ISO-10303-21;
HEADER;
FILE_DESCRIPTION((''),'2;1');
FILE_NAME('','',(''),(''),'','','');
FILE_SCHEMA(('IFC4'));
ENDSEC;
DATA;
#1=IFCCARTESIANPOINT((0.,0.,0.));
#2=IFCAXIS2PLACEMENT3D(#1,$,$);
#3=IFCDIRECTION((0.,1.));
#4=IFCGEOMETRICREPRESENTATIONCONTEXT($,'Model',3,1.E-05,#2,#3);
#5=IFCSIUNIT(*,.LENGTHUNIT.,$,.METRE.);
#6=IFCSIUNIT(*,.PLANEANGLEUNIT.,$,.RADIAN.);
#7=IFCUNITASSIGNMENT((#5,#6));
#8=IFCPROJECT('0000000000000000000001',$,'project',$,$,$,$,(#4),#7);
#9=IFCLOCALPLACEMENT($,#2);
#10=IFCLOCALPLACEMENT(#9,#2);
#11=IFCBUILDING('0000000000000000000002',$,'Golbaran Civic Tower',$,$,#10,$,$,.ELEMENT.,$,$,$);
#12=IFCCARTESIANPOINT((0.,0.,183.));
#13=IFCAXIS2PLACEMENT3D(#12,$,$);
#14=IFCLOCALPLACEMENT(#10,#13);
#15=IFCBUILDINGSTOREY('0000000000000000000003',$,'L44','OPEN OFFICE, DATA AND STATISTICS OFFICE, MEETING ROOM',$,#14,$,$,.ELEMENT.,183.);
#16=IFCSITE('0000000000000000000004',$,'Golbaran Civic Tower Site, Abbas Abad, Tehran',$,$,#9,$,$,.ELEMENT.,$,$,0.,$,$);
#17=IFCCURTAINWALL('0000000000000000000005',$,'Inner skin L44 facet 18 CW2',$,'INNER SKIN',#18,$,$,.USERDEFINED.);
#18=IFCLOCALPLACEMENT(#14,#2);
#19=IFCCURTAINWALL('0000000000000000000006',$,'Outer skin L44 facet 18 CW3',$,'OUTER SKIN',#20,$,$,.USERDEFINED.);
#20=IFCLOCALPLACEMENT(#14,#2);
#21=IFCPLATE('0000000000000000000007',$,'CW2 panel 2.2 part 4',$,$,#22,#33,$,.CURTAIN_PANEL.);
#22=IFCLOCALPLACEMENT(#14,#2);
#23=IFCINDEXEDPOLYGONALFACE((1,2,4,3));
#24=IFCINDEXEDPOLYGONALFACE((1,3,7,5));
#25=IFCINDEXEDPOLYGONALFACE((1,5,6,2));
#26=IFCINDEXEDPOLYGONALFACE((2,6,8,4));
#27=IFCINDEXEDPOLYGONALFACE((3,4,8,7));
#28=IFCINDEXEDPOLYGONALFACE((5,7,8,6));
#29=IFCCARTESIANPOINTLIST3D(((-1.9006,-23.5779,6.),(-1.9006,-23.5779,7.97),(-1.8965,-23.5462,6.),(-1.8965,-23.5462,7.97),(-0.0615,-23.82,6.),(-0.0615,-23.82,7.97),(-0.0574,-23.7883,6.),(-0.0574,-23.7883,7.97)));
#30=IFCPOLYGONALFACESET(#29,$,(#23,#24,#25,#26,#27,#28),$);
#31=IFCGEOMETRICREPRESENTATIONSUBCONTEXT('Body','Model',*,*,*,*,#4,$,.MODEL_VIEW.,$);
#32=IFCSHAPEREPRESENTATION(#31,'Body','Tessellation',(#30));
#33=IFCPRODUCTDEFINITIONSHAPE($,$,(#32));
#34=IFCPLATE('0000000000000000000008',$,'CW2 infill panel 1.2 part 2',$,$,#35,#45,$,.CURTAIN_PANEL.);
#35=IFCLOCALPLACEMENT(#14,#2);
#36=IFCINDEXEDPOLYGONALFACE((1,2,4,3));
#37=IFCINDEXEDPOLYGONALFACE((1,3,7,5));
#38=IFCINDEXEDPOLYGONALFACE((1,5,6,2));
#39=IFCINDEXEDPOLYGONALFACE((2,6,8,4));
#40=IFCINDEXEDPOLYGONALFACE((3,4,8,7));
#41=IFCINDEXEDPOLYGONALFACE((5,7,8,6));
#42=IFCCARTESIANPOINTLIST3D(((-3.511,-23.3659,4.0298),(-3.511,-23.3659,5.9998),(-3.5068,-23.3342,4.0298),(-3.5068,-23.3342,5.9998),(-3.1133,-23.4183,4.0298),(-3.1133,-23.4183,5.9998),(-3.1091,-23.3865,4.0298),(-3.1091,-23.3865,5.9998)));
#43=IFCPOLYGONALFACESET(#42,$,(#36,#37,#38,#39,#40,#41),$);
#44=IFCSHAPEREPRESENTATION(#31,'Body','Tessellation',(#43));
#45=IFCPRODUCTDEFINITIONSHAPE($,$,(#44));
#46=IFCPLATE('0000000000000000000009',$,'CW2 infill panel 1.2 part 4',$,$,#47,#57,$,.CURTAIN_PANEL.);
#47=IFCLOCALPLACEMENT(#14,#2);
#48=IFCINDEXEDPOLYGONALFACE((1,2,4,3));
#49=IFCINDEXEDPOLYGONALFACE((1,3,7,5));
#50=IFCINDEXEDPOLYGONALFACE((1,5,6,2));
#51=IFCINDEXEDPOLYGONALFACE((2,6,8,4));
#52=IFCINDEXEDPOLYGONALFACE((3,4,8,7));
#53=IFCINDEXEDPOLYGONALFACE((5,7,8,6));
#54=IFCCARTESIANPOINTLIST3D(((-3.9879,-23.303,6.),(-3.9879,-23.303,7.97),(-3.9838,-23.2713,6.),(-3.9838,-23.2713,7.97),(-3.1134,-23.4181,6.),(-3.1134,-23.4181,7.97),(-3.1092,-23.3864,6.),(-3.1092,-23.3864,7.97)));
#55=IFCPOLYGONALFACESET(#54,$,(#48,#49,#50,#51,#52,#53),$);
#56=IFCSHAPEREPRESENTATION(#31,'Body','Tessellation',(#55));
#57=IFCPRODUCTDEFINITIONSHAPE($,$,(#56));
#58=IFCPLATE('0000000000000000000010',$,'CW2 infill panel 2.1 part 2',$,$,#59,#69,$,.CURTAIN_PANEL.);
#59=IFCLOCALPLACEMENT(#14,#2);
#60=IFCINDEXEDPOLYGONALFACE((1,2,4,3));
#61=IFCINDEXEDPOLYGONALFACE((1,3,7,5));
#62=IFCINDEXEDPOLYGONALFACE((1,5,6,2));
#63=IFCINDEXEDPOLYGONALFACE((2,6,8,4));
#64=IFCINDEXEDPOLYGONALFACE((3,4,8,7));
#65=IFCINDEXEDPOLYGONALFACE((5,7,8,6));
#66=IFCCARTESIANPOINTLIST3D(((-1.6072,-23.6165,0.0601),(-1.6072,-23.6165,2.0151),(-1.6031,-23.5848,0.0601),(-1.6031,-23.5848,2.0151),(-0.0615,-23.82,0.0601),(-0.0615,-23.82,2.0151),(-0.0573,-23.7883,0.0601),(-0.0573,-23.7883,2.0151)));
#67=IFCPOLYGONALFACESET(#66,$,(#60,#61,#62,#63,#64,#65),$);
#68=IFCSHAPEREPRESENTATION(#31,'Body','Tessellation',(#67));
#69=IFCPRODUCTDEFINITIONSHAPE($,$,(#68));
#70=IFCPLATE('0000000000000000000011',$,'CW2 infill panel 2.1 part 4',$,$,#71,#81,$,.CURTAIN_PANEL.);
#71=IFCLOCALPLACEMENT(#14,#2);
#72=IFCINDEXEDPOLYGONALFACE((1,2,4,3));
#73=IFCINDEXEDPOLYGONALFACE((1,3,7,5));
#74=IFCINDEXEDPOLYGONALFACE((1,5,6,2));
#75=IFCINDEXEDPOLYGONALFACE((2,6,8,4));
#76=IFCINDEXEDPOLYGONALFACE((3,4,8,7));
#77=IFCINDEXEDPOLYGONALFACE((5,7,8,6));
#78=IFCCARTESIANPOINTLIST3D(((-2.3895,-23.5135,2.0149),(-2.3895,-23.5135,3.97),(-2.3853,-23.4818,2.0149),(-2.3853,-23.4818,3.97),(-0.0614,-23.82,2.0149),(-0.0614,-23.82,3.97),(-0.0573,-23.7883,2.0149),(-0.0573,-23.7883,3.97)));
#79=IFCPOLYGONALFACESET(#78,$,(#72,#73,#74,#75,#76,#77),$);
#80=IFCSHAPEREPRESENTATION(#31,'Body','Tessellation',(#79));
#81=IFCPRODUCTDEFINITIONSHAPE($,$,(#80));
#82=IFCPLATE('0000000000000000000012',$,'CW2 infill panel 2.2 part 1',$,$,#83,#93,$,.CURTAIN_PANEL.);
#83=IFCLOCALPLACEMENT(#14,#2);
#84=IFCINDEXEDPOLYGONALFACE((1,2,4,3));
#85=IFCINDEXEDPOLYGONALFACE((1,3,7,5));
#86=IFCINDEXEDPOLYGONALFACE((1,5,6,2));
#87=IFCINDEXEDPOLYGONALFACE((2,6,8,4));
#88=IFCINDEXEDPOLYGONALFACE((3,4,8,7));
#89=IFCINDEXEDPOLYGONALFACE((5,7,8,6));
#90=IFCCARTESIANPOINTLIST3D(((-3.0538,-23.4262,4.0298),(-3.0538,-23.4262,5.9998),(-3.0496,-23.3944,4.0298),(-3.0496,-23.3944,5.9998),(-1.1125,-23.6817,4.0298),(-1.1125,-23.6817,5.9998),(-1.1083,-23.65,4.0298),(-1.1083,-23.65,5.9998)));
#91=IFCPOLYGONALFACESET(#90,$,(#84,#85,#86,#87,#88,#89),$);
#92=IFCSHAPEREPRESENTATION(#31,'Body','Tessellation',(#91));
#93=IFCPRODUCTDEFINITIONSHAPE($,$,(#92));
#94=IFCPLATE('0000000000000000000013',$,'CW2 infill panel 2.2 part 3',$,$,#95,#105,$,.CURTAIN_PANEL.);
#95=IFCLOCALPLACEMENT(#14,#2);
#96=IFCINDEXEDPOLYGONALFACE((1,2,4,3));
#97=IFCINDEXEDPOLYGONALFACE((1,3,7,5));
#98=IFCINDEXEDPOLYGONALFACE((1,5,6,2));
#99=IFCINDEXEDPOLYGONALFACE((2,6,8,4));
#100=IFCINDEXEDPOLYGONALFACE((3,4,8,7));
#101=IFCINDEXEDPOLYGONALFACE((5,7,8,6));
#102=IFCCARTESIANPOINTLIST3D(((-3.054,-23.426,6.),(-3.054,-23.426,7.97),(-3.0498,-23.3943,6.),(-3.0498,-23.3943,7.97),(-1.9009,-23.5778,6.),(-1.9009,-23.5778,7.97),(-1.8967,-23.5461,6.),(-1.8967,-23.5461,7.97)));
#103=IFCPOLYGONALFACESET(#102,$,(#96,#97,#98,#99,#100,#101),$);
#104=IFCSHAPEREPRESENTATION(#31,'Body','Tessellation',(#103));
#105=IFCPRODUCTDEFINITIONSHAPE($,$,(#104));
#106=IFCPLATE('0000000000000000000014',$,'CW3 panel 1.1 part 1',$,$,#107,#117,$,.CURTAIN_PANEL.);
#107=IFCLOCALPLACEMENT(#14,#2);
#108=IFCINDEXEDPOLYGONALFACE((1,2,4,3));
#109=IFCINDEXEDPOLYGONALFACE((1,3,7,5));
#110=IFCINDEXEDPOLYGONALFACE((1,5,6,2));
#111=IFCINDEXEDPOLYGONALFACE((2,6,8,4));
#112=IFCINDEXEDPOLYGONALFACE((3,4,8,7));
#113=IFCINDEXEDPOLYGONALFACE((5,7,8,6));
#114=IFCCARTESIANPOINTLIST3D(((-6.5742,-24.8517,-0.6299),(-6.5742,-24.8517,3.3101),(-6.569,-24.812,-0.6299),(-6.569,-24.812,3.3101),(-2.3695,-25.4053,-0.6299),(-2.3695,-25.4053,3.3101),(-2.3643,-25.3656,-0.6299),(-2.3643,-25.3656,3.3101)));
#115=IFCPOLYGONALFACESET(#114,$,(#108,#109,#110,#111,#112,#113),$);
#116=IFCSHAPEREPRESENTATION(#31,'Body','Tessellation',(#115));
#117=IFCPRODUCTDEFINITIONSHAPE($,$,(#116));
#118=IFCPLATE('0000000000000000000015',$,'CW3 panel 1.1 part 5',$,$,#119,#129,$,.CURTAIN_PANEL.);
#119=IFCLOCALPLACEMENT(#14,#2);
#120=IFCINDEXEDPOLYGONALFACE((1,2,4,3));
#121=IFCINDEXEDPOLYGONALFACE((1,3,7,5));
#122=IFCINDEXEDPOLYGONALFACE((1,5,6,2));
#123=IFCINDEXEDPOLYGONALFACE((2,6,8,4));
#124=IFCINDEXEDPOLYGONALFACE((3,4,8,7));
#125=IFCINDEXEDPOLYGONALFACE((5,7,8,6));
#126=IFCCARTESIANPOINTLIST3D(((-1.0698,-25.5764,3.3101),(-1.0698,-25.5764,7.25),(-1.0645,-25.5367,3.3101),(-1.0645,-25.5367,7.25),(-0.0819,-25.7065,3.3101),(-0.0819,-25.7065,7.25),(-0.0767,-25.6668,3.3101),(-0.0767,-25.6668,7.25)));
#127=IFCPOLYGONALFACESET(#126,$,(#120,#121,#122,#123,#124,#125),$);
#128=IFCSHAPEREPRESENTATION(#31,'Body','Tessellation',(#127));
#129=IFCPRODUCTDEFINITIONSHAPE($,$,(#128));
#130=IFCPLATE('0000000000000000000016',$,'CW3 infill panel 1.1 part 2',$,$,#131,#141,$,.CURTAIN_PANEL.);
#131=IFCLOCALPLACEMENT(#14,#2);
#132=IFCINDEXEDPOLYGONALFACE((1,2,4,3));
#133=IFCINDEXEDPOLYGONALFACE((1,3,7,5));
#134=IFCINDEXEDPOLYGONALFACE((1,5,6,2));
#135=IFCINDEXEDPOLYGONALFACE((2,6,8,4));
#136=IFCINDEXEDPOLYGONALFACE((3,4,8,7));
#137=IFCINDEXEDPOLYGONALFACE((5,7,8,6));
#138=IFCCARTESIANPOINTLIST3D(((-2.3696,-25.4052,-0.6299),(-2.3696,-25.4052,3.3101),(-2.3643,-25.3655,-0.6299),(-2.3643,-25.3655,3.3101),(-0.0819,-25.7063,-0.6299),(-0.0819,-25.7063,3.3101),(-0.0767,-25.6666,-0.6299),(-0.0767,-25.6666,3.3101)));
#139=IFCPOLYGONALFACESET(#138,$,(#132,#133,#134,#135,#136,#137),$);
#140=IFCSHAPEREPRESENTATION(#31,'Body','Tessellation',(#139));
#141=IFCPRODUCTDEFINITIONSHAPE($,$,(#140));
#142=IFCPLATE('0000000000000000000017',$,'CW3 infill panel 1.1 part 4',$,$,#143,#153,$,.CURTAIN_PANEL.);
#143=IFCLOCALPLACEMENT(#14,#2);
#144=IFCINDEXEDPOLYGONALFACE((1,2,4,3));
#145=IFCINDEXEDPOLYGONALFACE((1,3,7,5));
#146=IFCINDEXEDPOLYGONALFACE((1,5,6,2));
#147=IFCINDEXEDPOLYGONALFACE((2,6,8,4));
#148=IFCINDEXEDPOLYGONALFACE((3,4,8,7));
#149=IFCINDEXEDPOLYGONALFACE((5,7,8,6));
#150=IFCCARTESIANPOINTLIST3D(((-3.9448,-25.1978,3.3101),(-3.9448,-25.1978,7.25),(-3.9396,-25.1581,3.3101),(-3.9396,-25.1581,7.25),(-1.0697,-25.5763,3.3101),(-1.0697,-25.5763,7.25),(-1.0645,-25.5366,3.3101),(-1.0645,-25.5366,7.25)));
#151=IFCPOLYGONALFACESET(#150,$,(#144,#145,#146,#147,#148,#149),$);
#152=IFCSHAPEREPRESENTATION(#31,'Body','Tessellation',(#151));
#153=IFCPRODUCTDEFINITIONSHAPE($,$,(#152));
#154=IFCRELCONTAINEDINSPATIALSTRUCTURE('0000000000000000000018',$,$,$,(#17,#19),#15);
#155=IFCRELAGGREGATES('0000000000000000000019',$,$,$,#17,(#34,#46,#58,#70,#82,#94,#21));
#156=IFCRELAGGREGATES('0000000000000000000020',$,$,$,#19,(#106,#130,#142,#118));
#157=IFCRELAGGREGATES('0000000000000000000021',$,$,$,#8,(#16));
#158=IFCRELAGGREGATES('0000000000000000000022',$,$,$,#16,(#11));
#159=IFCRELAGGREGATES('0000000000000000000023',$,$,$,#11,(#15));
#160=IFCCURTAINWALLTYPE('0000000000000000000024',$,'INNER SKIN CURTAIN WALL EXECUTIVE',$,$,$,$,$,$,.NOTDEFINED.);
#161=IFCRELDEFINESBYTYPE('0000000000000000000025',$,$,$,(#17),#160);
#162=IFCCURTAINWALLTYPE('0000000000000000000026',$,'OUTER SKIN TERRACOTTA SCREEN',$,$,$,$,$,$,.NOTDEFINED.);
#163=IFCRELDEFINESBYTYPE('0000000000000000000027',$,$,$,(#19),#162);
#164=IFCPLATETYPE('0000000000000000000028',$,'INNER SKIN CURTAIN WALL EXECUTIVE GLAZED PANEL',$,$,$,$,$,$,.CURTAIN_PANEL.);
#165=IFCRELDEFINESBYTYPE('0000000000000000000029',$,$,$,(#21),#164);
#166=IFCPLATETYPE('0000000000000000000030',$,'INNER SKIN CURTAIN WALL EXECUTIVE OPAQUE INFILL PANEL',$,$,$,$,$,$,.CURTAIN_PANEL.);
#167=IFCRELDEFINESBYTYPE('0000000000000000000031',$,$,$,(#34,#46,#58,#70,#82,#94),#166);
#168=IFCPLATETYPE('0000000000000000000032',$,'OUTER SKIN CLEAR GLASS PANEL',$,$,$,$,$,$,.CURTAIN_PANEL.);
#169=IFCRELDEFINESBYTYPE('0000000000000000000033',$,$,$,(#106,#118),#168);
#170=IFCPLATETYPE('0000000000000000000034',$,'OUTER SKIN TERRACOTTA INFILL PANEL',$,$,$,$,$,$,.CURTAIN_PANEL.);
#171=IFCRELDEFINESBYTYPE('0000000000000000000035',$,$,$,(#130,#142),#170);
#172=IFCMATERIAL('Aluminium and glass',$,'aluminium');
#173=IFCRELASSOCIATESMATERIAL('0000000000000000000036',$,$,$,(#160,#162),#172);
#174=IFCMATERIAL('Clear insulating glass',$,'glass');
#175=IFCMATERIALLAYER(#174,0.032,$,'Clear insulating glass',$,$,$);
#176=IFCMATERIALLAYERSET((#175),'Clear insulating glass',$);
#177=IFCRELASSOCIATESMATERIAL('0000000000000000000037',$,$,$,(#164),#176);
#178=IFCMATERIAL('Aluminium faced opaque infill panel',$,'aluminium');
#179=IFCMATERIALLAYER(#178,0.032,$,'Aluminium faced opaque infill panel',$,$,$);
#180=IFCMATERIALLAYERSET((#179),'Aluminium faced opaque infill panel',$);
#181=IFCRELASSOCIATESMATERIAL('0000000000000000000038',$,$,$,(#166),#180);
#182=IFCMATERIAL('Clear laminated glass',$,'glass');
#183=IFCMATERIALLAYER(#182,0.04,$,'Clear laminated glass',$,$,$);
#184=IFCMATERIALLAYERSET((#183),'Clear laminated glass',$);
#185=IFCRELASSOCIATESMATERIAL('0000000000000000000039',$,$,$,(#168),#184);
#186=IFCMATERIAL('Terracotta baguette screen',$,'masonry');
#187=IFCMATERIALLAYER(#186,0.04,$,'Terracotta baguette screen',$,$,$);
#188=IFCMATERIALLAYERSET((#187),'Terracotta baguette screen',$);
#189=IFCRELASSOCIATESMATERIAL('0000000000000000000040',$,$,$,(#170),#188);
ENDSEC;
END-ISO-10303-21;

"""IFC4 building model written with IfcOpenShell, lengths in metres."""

from ifc_helpers import new_model, si_unit, direction, frame, origin, origin_2d, place, context, subcontext, project, spatial, rectangle, extrude, material, layer, layer_set, type_object, element, aggregate, save


model = new_model("IFC4")

# Units and contexts
model_context = context("Model", 3, precision=1e-05, world=origin(), true_north=direction((0.0, 1.0)))
body_context = subcontext(model_context, "Body", "Model", "MODEL_VIEW")
ifc_project = project(units=[si_unit("LENGTHUNIT", "METRE"), si_unit("PLANEANGLEUNIT", "RADIAN")], contexts=[model_context])

# Site, building, storey
site_placement = place(None, origin())
site = spatial("IfcSite", under=ifc_project, at=site_placement, Name="Golbaran Civic Tower Site, Abbas Abad, Tehran", CompositionType="ELEMENT", RefElevation=0.0)
building_placement = place(site_placement, origin())
building = spatial("IfcBuilding", under=site, at=building_placement, Name="Golbaran Civic Tower", CompositionType="ELEMENT")
storey_placement = place(building_placement, frame((0.0, 0.0, 183.0)))
storey = spatial("IfcBuildingStorey", under=building, at=storey_placement, Name="L44", Description="OPEN OFFICE, DATA AND STATISTICS OFFICE, MEETING ROOM", CompositionType="ELEMENT", Elevation=183.0)

# Curtain wall
ifc_material_1 = material(Name="Aluminium and glass", Category="aluminium")
curtain_wall_type_1 = type_object("IfcCurtainWallType", Name="INNER SKIN CURTAIN WALL EXECUTIVE", PredefinedType="NOTDEFINED", material=ifc_material_1)
curtain_wall_1_placement = place(storey_placement, origin())
curtain_wall_1 = element("IfcCurtainWall", 1, at=curtain_wall_1_placement, inside=storey, type_object=curtain_wall_type_1, Name="Inner skin L44 facet 18 CW2", ObjectType="INNER SKIN", PredefinedType="USERDEFINED")

# Curtain wall
curtain_wall_type_2 = type_object("IfcCurtainWallType", Name="OUTER SKIN TERRACOTTA SCREEN", PredefinedType="NOTDEFINED", material=ifc_material_1)
curtain_wall_2_placement = place(storey_placement, origin())
curtain_wall_2 = element("IfcCurtainWall", 2, at=curtain_wall_2_placement, inside=storey, type_object=curtain_wall_type_2, Name="Outer skin L44 facet 18 CW3", ObjectType="OUTER SKIN", PredefinedType="USERDEFINED")

# Plates
ifc_material_2 = material(Name="Clear insulating glass", Category="glass")
ifc_layer_1 = layer(ifc_material_2, 0.032, Name="Clear insulating glass")
ifc_layer_set_1 = layer_set([ifc_layer_1], Name="Clear insulating glass")
plate_type_1 = type_object("IfcPlateType", Name="INNER SKIN CURTAIN WALL EXECUTIVE GLAZED PANEL", PredefinedType="CURTAIN_PANEL", material=ifc_layer_set_1)
plate_1_placement = place(storey_placement, frame((-0.979, -23.6831, 6.0), z_axis=(0.0, 0.0, 1.0), x_axis=(0.991445, -0.130526, 0.0)))
plate_1 = element("IfcPlate", 3, at=plate_1_placement, type_object=plate_type_1, Name="CW2 panel 2.2 part 4", PredefinedType="CURTAIN_PANEL", context=body_context, shape_type="SweptSolid", body=[
    extrude(rectangle(XDim=1.855, YDim=0.032, at=origin_2d()), origin(), (0.0, 0.0, 1.0), 1.97),
])
ifc_material_3 = material(Name="Aluminium faced opaque infill panel", Category="aluminium")
ifc_layer_2 = layer(ifc_material_3, 0.032, Name="Aluminium faced opaque infill panel")
ifc_layer_set_2 = layer_set([ifc_layer_2], Name="Aluminium faced opaque infill panel")
plate_type_2 = type_object("IfcPlateType", Name="INNER SKIN CURTAIN WALL EXECUTIVE OPAQUE INFILL PANEL", PredefinedType="CURTAIN_PANEL", material=ifc_layer_set_2)
plate_2_placement = place(storey_placement, frame((-3.3101, -23.3762, 4.0298), z_axis=(0.0, 0.0, 1.0), x_axis=(0.991445, -0.130526, 0.0)))
plate_2 = element("IfcPlate", 4, at=plate_2_placement, type_object=plate_type_2, Name="CW2 infill panel 1.2 part 2", PredefinedType="CURTAIN_PANEL", context=body_context, shape_type="SweptSolid", body=[
    extrude(rectangle(XDim=0.4011, YDim=0.032, at=origin_2d()), origin(), (0.0, 0.0, 1.0), 1.97),
])
plate_3_placement = place(storey_placement, frame((-3.5486, -23.3447, 6.0), z_axis=(0.0, 0.0, 1.0), x_axis=(0.991445, -0.130526, 0.0)))
plate_3 = element("IfcPlate", 5, at=plate_3_placement, type_object=plate_type_2, Name="CW2 infill panel 1.2 part 4", PredefinedType="CURTAIN_PANEL", context=body_context, shape_type="SweptSolid", body=[
    extrude(rectangle(XDim=0.8821, YDim=0.032, at=origin_2d()), origin(), (0.0, 0.0, 1.0), 1.97),
])
plate_4_placement = place(storey_placement, frame((-0.8323, -23.7024, 0.0601), z_axis=(0.0, 0.0, 1.0), x_axis=(0.991445, -0.130526, 0.0)))
plate_4 = element("IfcPlate", 6, at=plate_4_placement, type_object=plate_type_2, Name="CW2 infill panel 2.1 part 2", PredefinedType="CURTAIN_PANEL", context=body_context, shape_type="SweptSolid", body=[
    extrude(rectangle(XDim=1.5591, YDim=0.032, at=origin_2d()), origin(), (0.0, 0.0, 1.0), 1.9551),
])
plate_5_placement = place(storey_placement, frame((-1.2234, -23.6509, 2.0149), z_axis=(0.0, 0.0, 1.0), x_axis=(0.991445, -0.130526, 0.0)))
plate_5 = element("IfcPlate", 7, at=plate_5_placement, type_object=plate_type_2, Name="CW2 infill panel 2.1 part 4", PredefinedType="CURTAIN_PANEL", context=body_context, shape_type="SweptSolid", body=[
    extrude(rectangle(XDim=2.3481, YDim=0.032, at=origin_2d()), origin(), (0.0, 0.0, 1.0), 1.9551),
])
plate_6_placement = place(storey_placement, frame((-2.0811, -23.5381, 4.0298), z_axis=(0.0, 0.0, 1.0), x_axis=(0.991445, -0.130526, 0.0)))
plate_6 = element("IfcPlate", 8, at=plate_6_placement, type_object=plate_type_2, Name="CW2 infill panel 2.2 part 1", PredefinedType="CURTAIN_PANEL", context=body_context, shape_type="SweptSolid", body=[
    extrude(rectangle(XDim=1.958, YDim=0.032, at=origin_2d()), origin(), (0.0, 0.0, 1.0), 1.97),
])
plate_7_placement = place(storey_placement, frame((-2.4753, -23.4861, 6.0), z_axis=(0.0, 0.0, 1.0), x_axis=(0.991445, -0.130526, 0.0)))
plate_7 = element("IfcPlate", 9, at=plate_7_placement, type_object=plate_type_2, Name="CW2 infill panel 2.2 part 3", PredefinedType="CURTAIN_PANEL", context=body_context, shape_type="SweptSolid", body=[
    extrude(rectangle(XDim=1.1631, YDim=0.032, at=origin_2d()), origin(), (0.0, 0.0, 1.0), 1.97),
])
aggregate(curtain_wall_1, [plate_2, plate_3, plate_4, plate_5, plate_6, plate_7, plate_1])
ifc_material_4 = material(Name="Clear laminated glass", Category="glass")
ifc_layer_3 = layer(ifc_material_4, 0.04, Name="Clear laminated glass")
ifc_layer_set_3 = layer_set([ifc_layer_3], Name="Clear laminated glass")
plate_type_3 = type_object("IfcPlateType", Name="OUTER SKIN CLEAR GLASS PANEL", PredefinedType="CURTAIN_PANEL", material=ifc_layer_set_3)
plate_8_placement = place(storey_placement, frame((-4.4692, -25.1086, -0.6299), z_axis=(0.0, 0.0, 1.0), x_axis=(0.991445, -0.130526, 0.0)))
plate_8 = element("IfcPlate", 10, at=plate_8_placement, type_object=plate_type_3, Name="CW3 panel 1.1 part 1", PredefinedType="CURTAIN_PANEL", context=body_context, shape_type="SweptSolid", body=[
    extrude(rectangle(XDim=4.241, YDim=0.04, at=origin_2d()), origin(), (0.0, 0.0, 1.0), 3.9399),
])
plate_9_placement = place(storey_placement, frame((-0.5732, -25.6216, 3.3101), z_axis=(0.0, 0.0, 1.0), x_axis=(0.991445, -0.130526, 0.0)))
plate_9 = element("IfcPlate", 11, at=plate_9_placement, type_object=plate_type_3, Name="CW3 panel 1.1 part 5", PredefinedType="CURTAIN_PANEL", context=body_context, shape_type="SweptSolid", body=[
    extrude(rectangle(XDim=0.9963, YDim=0.04, at=origin_2d()), origin(), (0.0, 0.0, 1.0), 3.9399),
])
ifc_material_5 = material(Name="Terracotta baguette screen", Category="masonry")
ifc_layer_4 = layer(ifc_material_5, 0.04, Name="Terracotta baguette screen")
ifc_layer_set_4 = layer_set([ifc_layer_4], Name="Terracotta baguette screen")
plate_type_4 = type_object("IfcPlateType", Name="OUTER SKIN TERRACOTTA INFILL PANEL", PredefinedType="CURTAIN_PANEL", material=ifc_layer_set_4)
plate_10_placement = place(storey_placement, frame((-1.2231, -25.5359, -0.6299), z_axis=(0.0, 0.0, 1.0), x_axis=(0.991445, -0.130526, 0.0)))
plate_10 = element("IfcPlate", 12, at=plate_10_placement, type_object=plate_type_4, Name="CW3 infill panel 1.1 part 2", PredefinedType="CURTAIN_PANEL", context=body_context, shape_type="SweptSolid", body=[
    extrude(rectangle(XDim=2.3074, YDim=0.04, at=origin_2d()), origin(), (0.0, 0.0, 1.0), 3.9399),
])
plate_11_placement = place(storey_placement, frame((-2.5046, -25.3672, 3.3101), z_axis=(0.0, 0.0, 1.0), x_axis=(0.991445, -0.130526, 0.0)))
plate_11 = element("IfcPlate", 13, at=plate_11_placement, type_object=plate_type_4, Name="CW3 infill panel 1.1 part 4", PredefinedType="CURTAIN_PANEL", context=body_context, shape_type="SweptSolid", body=[
    extrude(rectangle(XDim=2.8999, YDim=0.04, at=origin_2d()), origin(), (0.0, 0.0, 1.0), 3.9399),
])
aggregate(curtain_wall_2, [plate_8, plate_10, plate_11, plate_9])

save(model, "model.ifc")
